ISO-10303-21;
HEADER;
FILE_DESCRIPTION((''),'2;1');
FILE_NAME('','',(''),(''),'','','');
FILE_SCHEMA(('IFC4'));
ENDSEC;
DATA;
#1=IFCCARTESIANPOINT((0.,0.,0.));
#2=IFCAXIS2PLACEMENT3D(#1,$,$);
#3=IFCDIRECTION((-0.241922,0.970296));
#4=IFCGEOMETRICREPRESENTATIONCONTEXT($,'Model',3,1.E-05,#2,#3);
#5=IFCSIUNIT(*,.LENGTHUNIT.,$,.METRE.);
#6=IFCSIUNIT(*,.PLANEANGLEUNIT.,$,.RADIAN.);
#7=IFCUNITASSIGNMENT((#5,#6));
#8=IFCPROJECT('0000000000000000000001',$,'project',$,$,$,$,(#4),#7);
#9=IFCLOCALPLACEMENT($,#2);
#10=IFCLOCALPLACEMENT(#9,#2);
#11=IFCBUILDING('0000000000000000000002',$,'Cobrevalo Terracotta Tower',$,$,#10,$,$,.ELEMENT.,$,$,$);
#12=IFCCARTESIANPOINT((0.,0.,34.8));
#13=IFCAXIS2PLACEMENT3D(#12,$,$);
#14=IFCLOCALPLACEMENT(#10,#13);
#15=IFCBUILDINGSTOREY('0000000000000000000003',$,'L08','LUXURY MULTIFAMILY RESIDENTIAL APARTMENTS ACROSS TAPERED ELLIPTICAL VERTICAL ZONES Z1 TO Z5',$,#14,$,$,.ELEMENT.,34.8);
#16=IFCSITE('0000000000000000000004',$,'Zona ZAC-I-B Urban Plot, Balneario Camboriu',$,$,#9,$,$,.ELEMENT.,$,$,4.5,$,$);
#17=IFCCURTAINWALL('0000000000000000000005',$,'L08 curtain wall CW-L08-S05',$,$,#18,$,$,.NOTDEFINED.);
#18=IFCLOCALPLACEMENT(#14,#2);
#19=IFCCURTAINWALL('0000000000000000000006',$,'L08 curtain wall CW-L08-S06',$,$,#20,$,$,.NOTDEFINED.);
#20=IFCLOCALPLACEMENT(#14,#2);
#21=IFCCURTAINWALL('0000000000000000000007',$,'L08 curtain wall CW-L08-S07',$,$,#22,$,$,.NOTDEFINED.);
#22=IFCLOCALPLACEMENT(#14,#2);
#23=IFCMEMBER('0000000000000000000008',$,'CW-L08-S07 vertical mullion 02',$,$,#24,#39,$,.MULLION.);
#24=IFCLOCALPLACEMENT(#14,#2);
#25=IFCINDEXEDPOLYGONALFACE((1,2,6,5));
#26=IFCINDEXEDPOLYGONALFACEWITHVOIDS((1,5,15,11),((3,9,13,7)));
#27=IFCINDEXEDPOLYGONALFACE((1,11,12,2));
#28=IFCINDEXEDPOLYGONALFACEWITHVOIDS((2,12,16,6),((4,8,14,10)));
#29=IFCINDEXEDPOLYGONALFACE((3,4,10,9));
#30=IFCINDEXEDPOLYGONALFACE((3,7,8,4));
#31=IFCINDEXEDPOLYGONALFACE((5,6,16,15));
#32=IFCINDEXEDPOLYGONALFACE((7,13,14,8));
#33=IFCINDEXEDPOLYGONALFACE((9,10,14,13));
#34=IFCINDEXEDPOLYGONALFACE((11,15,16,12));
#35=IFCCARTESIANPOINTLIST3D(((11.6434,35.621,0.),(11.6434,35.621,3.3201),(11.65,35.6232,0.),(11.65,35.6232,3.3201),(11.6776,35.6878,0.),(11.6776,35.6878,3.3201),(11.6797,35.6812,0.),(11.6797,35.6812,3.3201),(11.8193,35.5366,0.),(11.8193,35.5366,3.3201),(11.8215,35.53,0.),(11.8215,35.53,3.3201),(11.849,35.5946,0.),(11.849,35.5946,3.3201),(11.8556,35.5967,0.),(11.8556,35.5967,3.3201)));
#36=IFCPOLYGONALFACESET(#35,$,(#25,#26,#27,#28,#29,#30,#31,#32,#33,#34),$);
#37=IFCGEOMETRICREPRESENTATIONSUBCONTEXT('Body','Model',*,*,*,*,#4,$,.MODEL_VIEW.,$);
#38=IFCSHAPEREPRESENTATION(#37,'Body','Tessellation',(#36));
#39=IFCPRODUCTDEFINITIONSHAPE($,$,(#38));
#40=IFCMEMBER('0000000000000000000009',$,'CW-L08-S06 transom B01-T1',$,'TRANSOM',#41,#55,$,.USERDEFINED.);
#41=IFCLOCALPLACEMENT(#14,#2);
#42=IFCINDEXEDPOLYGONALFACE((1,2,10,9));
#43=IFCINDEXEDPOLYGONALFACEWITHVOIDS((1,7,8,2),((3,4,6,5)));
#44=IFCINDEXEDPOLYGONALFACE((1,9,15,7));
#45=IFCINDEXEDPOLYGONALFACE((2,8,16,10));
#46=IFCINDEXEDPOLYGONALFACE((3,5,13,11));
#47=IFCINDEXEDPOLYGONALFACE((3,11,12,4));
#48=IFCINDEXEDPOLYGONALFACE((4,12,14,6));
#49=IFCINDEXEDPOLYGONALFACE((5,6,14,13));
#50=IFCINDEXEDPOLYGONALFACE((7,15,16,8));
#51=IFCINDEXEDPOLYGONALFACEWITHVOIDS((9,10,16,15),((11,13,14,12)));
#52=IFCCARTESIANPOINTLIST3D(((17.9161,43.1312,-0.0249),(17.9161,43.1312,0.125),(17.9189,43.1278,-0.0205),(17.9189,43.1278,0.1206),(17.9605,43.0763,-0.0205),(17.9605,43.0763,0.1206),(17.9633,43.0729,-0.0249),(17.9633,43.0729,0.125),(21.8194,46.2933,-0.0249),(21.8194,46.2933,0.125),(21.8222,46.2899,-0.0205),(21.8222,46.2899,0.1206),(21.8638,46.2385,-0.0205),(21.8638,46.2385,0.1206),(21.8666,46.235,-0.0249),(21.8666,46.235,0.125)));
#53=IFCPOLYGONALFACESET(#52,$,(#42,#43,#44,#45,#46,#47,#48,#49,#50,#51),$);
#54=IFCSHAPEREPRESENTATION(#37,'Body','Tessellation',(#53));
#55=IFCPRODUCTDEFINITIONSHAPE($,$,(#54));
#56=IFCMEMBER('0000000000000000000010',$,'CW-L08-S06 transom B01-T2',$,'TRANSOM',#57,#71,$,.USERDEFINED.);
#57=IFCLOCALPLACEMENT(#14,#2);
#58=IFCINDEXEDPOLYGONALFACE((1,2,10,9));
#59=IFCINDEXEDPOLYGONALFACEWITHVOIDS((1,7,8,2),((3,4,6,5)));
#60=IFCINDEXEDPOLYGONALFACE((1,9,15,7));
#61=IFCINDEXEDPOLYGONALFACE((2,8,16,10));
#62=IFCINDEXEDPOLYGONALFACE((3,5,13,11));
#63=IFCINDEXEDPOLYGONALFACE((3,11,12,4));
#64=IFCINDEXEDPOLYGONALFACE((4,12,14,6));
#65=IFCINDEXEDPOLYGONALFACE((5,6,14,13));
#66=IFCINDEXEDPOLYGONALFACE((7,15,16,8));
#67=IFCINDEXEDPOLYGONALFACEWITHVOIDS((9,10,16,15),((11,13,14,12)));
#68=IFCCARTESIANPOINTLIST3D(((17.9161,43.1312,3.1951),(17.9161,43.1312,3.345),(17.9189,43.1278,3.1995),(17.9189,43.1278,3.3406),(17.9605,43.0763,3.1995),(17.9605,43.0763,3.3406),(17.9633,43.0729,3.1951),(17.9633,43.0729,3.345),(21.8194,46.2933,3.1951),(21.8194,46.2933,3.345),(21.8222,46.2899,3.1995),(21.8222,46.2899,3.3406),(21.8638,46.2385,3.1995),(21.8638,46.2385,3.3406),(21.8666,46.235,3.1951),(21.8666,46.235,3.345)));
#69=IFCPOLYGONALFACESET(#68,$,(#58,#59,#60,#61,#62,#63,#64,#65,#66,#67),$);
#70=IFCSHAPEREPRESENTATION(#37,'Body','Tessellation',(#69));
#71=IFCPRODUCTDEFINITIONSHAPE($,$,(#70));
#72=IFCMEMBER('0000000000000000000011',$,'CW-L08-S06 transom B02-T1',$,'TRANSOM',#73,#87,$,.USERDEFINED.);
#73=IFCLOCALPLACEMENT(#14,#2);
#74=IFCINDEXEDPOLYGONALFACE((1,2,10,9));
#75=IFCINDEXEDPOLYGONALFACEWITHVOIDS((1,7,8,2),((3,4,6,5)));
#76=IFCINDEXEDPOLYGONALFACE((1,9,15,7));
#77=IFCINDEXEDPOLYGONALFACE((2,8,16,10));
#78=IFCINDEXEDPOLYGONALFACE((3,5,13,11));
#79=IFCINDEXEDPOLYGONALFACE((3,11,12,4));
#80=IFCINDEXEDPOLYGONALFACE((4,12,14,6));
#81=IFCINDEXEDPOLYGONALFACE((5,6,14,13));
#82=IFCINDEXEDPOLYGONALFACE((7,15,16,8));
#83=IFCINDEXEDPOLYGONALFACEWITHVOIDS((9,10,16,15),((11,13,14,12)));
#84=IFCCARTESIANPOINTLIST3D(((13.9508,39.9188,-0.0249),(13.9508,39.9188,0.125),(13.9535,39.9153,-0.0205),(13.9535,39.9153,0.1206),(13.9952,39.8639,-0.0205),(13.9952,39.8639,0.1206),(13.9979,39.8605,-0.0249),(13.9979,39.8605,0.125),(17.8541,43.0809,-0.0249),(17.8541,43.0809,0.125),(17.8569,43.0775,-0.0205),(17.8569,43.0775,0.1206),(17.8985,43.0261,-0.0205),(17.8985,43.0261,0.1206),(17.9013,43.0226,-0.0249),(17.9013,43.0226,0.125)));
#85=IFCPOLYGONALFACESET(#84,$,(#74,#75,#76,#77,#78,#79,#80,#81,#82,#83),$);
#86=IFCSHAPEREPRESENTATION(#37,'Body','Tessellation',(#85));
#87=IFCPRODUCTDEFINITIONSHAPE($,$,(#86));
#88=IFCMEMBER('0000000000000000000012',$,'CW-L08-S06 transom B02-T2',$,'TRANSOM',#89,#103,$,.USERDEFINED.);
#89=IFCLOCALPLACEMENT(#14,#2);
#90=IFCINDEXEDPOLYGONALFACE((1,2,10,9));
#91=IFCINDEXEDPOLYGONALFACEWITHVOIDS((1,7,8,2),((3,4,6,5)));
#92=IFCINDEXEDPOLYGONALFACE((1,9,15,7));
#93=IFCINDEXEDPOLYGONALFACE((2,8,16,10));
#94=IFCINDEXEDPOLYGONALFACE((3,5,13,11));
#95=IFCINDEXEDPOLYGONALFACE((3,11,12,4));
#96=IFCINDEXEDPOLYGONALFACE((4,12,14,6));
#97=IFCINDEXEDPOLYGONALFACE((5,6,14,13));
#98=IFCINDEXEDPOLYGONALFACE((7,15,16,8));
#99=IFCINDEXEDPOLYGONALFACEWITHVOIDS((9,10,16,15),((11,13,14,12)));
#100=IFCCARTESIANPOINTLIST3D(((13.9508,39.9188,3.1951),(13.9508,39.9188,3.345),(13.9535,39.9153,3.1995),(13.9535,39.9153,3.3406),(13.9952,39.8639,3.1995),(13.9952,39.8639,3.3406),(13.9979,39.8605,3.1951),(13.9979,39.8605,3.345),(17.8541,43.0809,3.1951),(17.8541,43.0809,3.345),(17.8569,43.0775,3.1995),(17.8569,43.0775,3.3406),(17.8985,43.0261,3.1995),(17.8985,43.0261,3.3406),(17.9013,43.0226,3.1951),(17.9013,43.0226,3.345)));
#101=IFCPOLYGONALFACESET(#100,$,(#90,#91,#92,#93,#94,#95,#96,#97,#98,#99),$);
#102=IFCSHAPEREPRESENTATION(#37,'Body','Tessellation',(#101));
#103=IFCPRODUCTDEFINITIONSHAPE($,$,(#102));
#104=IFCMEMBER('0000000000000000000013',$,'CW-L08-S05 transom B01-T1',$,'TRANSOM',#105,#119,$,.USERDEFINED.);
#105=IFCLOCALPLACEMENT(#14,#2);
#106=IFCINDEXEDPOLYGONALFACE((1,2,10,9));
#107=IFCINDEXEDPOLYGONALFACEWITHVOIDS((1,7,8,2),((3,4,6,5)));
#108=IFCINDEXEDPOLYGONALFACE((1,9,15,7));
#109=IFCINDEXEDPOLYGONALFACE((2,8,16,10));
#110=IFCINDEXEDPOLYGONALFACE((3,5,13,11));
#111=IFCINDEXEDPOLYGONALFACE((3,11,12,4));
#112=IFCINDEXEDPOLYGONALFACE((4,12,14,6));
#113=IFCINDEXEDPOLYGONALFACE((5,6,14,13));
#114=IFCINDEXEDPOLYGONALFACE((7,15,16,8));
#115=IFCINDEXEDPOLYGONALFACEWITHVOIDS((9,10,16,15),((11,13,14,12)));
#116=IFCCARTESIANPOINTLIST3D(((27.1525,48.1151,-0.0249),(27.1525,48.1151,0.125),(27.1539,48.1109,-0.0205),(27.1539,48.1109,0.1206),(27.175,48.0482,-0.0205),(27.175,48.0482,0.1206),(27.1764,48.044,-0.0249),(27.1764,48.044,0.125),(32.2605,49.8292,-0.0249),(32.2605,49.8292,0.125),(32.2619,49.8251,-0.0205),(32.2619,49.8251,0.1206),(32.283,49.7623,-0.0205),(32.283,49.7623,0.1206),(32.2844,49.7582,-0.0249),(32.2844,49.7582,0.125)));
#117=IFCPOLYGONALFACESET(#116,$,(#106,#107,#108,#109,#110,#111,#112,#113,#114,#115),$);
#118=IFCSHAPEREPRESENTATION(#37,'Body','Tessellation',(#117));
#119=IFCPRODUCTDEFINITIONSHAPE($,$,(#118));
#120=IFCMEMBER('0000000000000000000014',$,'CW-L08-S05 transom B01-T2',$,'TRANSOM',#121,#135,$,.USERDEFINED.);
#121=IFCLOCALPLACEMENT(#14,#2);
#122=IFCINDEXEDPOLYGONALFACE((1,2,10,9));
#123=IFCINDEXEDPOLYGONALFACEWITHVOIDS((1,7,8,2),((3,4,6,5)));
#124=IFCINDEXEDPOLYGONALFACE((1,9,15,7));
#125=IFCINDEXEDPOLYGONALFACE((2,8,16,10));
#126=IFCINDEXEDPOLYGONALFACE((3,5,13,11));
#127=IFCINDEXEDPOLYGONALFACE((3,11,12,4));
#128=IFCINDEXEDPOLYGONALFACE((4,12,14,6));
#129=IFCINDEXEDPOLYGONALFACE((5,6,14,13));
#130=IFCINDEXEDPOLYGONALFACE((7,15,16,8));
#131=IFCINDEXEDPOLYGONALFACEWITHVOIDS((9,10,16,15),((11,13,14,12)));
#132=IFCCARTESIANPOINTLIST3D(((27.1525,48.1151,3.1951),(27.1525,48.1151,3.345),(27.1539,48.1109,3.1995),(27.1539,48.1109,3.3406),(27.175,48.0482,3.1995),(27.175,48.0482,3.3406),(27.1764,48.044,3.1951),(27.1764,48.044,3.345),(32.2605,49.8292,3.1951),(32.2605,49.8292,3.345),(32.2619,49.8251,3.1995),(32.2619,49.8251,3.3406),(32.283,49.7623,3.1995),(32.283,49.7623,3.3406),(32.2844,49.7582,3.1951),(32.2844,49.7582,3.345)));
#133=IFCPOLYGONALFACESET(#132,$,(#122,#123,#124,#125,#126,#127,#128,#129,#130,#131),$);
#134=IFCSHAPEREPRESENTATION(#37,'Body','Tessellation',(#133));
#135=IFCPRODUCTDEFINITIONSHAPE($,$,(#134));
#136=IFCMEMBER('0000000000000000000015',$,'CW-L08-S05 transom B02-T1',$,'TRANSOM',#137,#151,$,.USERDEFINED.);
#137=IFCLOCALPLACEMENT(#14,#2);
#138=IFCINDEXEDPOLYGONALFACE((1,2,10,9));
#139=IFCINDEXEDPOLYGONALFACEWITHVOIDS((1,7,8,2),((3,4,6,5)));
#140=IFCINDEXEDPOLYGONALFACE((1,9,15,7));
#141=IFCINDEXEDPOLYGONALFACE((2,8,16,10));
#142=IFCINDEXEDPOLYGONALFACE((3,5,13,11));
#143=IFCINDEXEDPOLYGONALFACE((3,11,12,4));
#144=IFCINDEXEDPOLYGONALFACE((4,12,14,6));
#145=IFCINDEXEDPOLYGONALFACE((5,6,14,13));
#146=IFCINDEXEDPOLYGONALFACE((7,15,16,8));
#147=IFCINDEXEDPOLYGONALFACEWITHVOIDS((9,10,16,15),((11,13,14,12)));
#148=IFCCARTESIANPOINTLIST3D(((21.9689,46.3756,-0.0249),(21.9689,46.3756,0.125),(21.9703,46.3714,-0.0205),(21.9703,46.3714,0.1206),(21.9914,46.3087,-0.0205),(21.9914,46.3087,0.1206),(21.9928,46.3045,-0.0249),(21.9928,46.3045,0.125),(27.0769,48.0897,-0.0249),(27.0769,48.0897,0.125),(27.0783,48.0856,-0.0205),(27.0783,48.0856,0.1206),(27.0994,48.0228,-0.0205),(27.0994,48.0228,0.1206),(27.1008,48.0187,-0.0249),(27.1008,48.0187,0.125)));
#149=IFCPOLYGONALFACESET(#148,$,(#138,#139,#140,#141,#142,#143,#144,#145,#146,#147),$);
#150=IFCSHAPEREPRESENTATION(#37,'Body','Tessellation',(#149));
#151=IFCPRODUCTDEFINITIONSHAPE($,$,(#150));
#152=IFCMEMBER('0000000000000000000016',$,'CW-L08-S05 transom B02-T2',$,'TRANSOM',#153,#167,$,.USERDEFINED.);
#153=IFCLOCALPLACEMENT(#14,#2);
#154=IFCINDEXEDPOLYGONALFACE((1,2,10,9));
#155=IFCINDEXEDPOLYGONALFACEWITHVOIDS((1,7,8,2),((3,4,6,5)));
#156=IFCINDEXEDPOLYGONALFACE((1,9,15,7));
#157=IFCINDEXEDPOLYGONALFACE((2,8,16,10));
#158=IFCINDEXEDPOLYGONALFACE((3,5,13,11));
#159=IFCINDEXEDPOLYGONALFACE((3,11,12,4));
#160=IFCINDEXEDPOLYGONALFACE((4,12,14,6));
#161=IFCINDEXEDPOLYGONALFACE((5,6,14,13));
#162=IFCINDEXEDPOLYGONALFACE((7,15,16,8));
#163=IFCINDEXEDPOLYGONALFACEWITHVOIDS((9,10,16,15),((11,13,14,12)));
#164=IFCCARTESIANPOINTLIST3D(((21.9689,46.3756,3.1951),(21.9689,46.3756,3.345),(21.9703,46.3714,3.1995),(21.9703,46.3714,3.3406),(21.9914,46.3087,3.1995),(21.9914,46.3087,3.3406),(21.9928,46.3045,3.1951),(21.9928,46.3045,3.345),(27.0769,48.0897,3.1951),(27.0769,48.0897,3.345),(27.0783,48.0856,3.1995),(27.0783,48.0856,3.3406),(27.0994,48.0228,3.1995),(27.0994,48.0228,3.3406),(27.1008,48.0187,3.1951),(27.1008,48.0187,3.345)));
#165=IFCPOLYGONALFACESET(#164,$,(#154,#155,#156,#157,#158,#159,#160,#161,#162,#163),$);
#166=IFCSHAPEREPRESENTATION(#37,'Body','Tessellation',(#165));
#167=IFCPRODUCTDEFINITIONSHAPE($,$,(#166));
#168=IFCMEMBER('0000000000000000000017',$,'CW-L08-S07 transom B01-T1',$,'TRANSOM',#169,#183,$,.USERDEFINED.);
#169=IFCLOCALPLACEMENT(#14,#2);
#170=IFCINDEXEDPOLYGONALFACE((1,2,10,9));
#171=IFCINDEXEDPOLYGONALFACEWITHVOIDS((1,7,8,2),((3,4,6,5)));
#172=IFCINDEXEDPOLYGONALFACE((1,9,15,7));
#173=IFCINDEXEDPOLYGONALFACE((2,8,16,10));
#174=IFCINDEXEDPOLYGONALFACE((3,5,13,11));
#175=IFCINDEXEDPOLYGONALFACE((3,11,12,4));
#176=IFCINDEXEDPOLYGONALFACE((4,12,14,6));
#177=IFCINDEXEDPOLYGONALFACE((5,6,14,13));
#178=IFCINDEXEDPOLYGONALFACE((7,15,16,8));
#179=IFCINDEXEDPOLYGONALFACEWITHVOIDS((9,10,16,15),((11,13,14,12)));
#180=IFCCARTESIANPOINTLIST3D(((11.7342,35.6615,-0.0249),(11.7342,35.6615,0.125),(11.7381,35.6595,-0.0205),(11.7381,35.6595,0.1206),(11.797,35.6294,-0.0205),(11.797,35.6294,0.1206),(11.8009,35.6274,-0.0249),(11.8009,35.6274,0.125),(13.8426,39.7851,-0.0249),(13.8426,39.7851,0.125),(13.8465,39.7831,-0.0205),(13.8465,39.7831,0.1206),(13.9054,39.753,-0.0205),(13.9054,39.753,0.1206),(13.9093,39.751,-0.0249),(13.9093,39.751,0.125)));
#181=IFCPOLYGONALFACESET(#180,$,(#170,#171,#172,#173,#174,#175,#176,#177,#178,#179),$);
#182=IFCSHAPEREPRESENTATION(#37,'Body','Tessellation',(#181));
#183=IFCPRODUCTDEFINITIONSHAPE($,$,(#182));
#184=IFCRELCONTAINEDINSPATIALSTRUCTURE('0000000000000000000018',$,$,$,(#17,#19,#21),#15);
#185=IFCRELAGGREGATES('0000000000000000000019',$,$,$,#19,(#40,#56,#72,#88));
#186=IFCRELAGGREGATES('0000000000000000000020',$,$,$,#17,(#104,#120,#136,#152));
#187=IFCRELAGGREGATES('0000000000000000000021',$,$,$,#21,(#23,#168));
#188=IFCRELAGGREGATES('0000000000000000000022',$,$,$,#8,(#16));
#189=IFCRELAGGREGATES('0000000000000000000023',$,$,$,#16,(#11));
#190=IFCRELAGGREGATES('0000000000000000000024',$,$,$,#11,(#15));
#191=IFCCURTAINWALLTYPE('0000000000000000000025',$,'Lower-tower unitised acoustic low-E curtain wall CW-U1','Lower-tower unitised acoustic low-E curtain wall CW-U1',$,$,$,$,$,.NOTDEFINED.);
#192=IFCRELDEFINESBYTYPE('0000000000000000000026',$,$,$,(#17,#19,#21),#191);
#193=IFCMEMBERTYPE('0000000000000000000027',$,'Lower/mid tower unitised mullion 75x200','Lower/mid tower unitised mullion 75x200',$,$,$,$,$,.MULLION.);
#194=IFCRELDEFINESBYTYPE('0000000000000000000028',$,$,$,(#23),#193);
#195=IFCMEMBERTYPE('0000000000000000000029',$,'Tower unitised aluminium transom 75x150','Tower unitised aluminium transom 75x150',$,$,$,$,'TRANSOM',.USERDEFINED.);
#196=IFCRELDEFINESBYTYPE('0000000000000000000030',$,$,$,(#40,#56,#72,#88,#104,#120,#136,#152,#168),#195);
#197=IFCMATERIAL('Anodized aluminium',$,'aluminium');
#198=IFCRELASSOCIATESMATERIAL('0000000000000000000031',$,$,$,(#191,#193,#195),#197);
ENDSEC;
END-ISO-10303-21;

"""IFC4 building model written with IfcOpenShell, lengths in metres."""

from ifc_helpers import new_model, si_unit, direction, frame, origin, origin_2d, place, context, subcontext, project, spatial, hollow_rectangle, extrude, source, transform, mapped, material, material_profile, profile_set, type_object, element, aggregate, save


model = new_model("IFC4")

# Units and contexts
model_context = context("Model", 3, precision=1e-05, world=origin(), true_north=direction((-0.241922, 0.970296)))
body_context = subcontext(model_context, "Body", "Model", "MODEL_VIEW")
ifc_project = project(units=[si_unit("LENGTHUNIT", "METRE"), si_unit("PLANEANGLEUNIT", "RADIAN")], contexts=[model_context])

# Site, building, storey
site_placement = place(None, origin())
site = spatial("IfcSite", under=ifc_project, at=site_placement, Name="Zona ZAC-I-B Urban Plot, Balneario Camboriu", CompositionType="ELEMENT", RefElevation=4.5)
building_placement = place(site_placement, origin())
building = spatial("IfcBuilding", under=site, at=building_placement, Name="Cobrevalo Terracotta Tower", CompositionType="ELEMENT")
storey_placement = place(building_placement, frame((0.0, 0.0, 34.8)))
storey = spatial("IfcBuildingStorey", under=building, at=storey_placement, Name="L08", Description="LUXURY MULTIFAMILY RESIDENTIAL APARTMENTS ACROSS TAPERED ELLIPTICAL VERTICAL ZONES Z1 TO Z5", CompositionType="ELEMENT", Elevation=34.8)

# Curtain walls, member
ifc_material_1 = material(Name="Anodized aluminium", Category="aluminium")
curtain_wall_type = type_object("IfcCurtainWallType", Name="Lower-tower unitised acoustic low-E curtain wall CW-U1", Description="Lower-tower unitised acoustic low-E curtain wall CW-U1", PredefinedType="NOTDEFINED", material=ifc_material_1)
curtain_wall_1_placement = place(storey_placement, origin())
curtain_wall_1 = element("IfcCurtainWall", 1, at=curtain_wall_1_placement, inside=storey, type_object=curtain_wall_type, Name="L08 curtain wall CW-L08-S05", PredefinedType="NOTDEFINED")
ifc_material_profile_1 = material_profile(ifc_material_1, hollow_rectangle(XDim=0.075, YDim=0.2, WallThickness=0.0049, at=origin_2d()), Name="CWM 75x200")
ifc_profile_set_1 = profile_set([ifc_material_profile_1], Name="Anodized aluminium")
member_type_1 = type_object("IfcMemberType", Name="Lower/mid tower unitised mullion 75x200", Description="Lower/mid tower unitised mullion 75x200", PredefinedType="MULLION", material=ifc_profile_set_1)
shared_shape_1 = source(origin(), body_context, "Body", "SweptSolid", [
    extrude(hollow_rectangle(XDim=0.075, YDim=0.2, WallThickness=0.0049, at=origin_2d()), origin(), (0.0, 0.0, 1.0), 3.3201),
])
curtain_wall_2_placement = place(storey_placement, origin())
curtain_wall_2 = element("IfcCurtainWall", 2, at=curtain_wall_2_placement, inside=storey, type_object=curtain_wall_type, Name="L08 curtain wall CW-L08-S06", PredefinedType="NOTDEFINED")
curtain_wall_3_placement = place(storey_placement, origin())
curtain_wall_3 = element("IfcCurtainWall", 3, at=curtain_wall_3_placement, inside=storey, type_object=curtain_wall_type, Name="L08 curtain wall CW-L08-S07", PredefinedType="NOTDEFINED")
member_1_placement = place(storey_placement, frame((11.7495, 35.6089, 0.0), z_axis=(0.0, 0.0, 1.0), x_axis=(-0.455234, -0.890372, 0.0)))
member_1 = element("IfcMember", 4, at=member_1_placement, type_object=member_type_1, Name="CW-L08-S07 vertical mullion 02", PredefinedType="MULLION", context=body_context, shape_type="MappedRepresentation", body=[
    mapped(shared_shape_1, transform((0.0, 0.0, 0.0), scale=1.0)),
])

# Members
ifc_material_profile_2 = material_profile(ifc_material_1, hollow_rectangle(XDim=0.075, YDim=0.1499, WallThickness=0.0044, at=origin_2d()), Name="CWT 75x150")
ifc_profile_set_2 = profile_set([ifc_material_profile_2], Name="Anodized aluminium")
member_type_2 = type_object("IfcMemberType", Name="Tower unitised aluminium transom 75x150", Description="Tower unitised aluminium transom 75x150", ElementType="TRANSOM", PredefinedType="USERDEFINED", material=ifc_profile_set_2)
shared_shape_2 = source(origin(), body_context, "Body", "SweptSolid", [
    extrude(hollow_rectangle(XDim=0.075, YDim=0.1499, WallThickness=0.0044, at=origin_2d()), origin(), (0.0, 0.0, 1.0), 5.0234),
])
member_2_placement = place(storey_placement, frame((21.843, 46.2642, 0.05), z_axis=(-0.777023, -0.629472, 0.0), x_axis=(0.629472, -0.777023, 0.0)))
member_2 = element("IfcMember", 5, at=member_2_placement, type_object=member_type_2, Name="CW-L08-S06 transom B01-T1", ObjectType="TRANSOM", PredefinedType="USERDEFINED", context=body_context, shape_type="MappedRepresentation", body=[
    mapped(shared_shape_2, transform((0.0, 0.0, 0.0), scale=1.0)),
])
member_3_placement = place(storey_placement, frame((21.843, 46.2642, 3.27), z_axis=(-0.777023, -0.629472, 0.0), x_axis=(0.629472, -0.777023, 0.0)))
member_3 = element("IfcMember", 6, at=member_3_placement, type_object=member_type_2, Name="CW-L08-S06 transom B01-T2", ObjectType="TRANSOM", PredefinedType="USERDEFINED", context=body_context, shape_type="MappedRepresentation", body=[
    mapped(shared_shape_2, transform((0.0, 0.0, 0.0), scale=1.0)),
])
member_4_placement = place(storey_placement, frame((17.8777, 43.0518, 0.05), z_axis=(-0.777023, -0.629472, 0.0), x_axis=(0.629472, -0.777023, 0.0)))
member_4 = element("IfcMember", 7, at=member_4_placement, type_object=member_type_2, Name="CW-L08-S06 transom B02-T1", ObjectType="TRANSOM", PredefinedType="USERDEFINED", context=body_context, shape_type="MappedRepresentation", body=[
    mapped(shared_shape_2, transform((0.0, 0.0, 0.0), scale=1.0)),
])
member_5_placement = place(storey_placement, frame((17.8777, 43.0518, 3.27), z_axis=(-0.777023, -0.629472, 0.0), x_axis=(0.629472, -0.777023, 0.0)))
member_5 = element("IfcMember", 8, at=member_5_placement, type_object=member_type_2, Name="CW-L08-S06 transom B02-T2", ObjectType="TRANSOM", PredefinedType="USERDEFINED", context=body_context, shape_type="MappedRepresentation", body=[
    mapped(shared_shape_2, transform((0.0, 0.0, 0.0), scale=1.0)),
])
shared_shape_3 = source(origin(), body_context, "Body", "SweptSolid", [
    extrude(hollow_rectangle(XDim=0.075, YDim=0.1499, WallThickness=0.0044, at=origin_2d()), origin(), (0.0, 0.0, 1.0), 5.3879),
])
member_6_placement = place(storey_placement, frame((32.2725, 49.7937, 0.05), z_axis=(-0.948042, -0.318144, 0.0), x_axis=(0.318144, -0.948042, 0.0)))
member_6 = element("IfcMember", 9, at=member_6_placement, type_object=member_type_2, Name="CW-L08-S05 transom B01-T1", ObjectType="TRANSOM", PredefinedType="USERDEFINED", context=body_context, shape_type="MappedRepresentation", body=[
    mapped(shared_shape_3, transform((0.0, 0.0, 0.0), scale=1.0)),
])
member_7_placement = place(storey_placement, frame((32.2725, 49.7937, 3.27), z_axis=(-0.948042, -0.318144, 0.0), x_axis=(0.318144, -0.948042, 0.0)))
member_7 = element("IfcMember", 10, at=member_7_placement, type_object=member_type_2, Name="CW-L08-S05 transom B01-T2", ObjectType="TRANSOM", PredefinedType="USERDEFINED", context=body_context, shape_type="MappedRepresentation", body=[
    mapped(shared_shape_3, transform((0.0, 0.0, 0.0), scale=1.0)),
])
member_8_placement = place(storey_placement, frame((27.0889, 48.0542, 0.05), z_axis=(-0.948042, -0.318144, 0.0), x_axis=(0.318144, -0.948042, 0.0)))
member_8 = element("IfcMember", 11, at=member_8_placement, type_object=member_type_2, Name="CW-L08-S05 transom B02-T1", ObjectType="TRANSOM", PredefinedType="USERDEFINED", context=body_context, shape_type="MappedRepresentation", body=[
    mapped(shared_shape_3, transform((0.0, 0.0, 0.0), scale=1.0)),
])
member_9_placement = place(storey_placement, frame((27.0889, 48.0542, 3.27), z_axis=(-0.948042, -0.318144, 0.0), x_axis=(0.318144, -0.948042, 0.0)))
member_9 = element("IfcMember", 12, at=member_9_placement, type_object=member_type_2, Name="CW-L08-S05 transom B02-T2", ObjectType="TRANSOM", PredefinedType="USERDEFINED", context=body_context, shape_type="MappedRepresentation", body=[
    mapped(shared_shape_3, transform((0.0, 0.0, 0.0), scale=1.0)),
])
shared_shape_4 = source(origin(), body_context, "Body", "SweptSolid", [
    extrude(hollow_rectangle(XDim=0.075, YDim=0.1499, WallThickness=0.0044, at=origin_2d()), origin(), (0.0, 0.0, 1.0), 4.6313),
])
member_10_placement = place(storey_placement, frame((13.876, 39.7681, 0.05), z_axis=(-0.45525, -0.890363, 0.0), x_axis=(0.890363, -0.45525, 0.0)))
member_10 = element("IfcMember", 13, at=member_10_placement, type_object=member_type_2, Name="CW-L08-S07 transom B01-T1", ObjectType="TRANSOM", PredefinedType="USERDEFINED", context=body_context, shape_type="MappedRepresentation", body=[
    mapped(shared_shape_4, transform((0.0, 0.0, 0.0), scale=1.0)),
])

aggregate(curtain_wall_2, [member_2, member_3, member_4, member_5])
aggregate(curtain_wall_1, [member_6, member_7, member_8, member_9])
aggregate(curtain_wall_3, [member_1, member_10])

save(model, "model.ifc")
